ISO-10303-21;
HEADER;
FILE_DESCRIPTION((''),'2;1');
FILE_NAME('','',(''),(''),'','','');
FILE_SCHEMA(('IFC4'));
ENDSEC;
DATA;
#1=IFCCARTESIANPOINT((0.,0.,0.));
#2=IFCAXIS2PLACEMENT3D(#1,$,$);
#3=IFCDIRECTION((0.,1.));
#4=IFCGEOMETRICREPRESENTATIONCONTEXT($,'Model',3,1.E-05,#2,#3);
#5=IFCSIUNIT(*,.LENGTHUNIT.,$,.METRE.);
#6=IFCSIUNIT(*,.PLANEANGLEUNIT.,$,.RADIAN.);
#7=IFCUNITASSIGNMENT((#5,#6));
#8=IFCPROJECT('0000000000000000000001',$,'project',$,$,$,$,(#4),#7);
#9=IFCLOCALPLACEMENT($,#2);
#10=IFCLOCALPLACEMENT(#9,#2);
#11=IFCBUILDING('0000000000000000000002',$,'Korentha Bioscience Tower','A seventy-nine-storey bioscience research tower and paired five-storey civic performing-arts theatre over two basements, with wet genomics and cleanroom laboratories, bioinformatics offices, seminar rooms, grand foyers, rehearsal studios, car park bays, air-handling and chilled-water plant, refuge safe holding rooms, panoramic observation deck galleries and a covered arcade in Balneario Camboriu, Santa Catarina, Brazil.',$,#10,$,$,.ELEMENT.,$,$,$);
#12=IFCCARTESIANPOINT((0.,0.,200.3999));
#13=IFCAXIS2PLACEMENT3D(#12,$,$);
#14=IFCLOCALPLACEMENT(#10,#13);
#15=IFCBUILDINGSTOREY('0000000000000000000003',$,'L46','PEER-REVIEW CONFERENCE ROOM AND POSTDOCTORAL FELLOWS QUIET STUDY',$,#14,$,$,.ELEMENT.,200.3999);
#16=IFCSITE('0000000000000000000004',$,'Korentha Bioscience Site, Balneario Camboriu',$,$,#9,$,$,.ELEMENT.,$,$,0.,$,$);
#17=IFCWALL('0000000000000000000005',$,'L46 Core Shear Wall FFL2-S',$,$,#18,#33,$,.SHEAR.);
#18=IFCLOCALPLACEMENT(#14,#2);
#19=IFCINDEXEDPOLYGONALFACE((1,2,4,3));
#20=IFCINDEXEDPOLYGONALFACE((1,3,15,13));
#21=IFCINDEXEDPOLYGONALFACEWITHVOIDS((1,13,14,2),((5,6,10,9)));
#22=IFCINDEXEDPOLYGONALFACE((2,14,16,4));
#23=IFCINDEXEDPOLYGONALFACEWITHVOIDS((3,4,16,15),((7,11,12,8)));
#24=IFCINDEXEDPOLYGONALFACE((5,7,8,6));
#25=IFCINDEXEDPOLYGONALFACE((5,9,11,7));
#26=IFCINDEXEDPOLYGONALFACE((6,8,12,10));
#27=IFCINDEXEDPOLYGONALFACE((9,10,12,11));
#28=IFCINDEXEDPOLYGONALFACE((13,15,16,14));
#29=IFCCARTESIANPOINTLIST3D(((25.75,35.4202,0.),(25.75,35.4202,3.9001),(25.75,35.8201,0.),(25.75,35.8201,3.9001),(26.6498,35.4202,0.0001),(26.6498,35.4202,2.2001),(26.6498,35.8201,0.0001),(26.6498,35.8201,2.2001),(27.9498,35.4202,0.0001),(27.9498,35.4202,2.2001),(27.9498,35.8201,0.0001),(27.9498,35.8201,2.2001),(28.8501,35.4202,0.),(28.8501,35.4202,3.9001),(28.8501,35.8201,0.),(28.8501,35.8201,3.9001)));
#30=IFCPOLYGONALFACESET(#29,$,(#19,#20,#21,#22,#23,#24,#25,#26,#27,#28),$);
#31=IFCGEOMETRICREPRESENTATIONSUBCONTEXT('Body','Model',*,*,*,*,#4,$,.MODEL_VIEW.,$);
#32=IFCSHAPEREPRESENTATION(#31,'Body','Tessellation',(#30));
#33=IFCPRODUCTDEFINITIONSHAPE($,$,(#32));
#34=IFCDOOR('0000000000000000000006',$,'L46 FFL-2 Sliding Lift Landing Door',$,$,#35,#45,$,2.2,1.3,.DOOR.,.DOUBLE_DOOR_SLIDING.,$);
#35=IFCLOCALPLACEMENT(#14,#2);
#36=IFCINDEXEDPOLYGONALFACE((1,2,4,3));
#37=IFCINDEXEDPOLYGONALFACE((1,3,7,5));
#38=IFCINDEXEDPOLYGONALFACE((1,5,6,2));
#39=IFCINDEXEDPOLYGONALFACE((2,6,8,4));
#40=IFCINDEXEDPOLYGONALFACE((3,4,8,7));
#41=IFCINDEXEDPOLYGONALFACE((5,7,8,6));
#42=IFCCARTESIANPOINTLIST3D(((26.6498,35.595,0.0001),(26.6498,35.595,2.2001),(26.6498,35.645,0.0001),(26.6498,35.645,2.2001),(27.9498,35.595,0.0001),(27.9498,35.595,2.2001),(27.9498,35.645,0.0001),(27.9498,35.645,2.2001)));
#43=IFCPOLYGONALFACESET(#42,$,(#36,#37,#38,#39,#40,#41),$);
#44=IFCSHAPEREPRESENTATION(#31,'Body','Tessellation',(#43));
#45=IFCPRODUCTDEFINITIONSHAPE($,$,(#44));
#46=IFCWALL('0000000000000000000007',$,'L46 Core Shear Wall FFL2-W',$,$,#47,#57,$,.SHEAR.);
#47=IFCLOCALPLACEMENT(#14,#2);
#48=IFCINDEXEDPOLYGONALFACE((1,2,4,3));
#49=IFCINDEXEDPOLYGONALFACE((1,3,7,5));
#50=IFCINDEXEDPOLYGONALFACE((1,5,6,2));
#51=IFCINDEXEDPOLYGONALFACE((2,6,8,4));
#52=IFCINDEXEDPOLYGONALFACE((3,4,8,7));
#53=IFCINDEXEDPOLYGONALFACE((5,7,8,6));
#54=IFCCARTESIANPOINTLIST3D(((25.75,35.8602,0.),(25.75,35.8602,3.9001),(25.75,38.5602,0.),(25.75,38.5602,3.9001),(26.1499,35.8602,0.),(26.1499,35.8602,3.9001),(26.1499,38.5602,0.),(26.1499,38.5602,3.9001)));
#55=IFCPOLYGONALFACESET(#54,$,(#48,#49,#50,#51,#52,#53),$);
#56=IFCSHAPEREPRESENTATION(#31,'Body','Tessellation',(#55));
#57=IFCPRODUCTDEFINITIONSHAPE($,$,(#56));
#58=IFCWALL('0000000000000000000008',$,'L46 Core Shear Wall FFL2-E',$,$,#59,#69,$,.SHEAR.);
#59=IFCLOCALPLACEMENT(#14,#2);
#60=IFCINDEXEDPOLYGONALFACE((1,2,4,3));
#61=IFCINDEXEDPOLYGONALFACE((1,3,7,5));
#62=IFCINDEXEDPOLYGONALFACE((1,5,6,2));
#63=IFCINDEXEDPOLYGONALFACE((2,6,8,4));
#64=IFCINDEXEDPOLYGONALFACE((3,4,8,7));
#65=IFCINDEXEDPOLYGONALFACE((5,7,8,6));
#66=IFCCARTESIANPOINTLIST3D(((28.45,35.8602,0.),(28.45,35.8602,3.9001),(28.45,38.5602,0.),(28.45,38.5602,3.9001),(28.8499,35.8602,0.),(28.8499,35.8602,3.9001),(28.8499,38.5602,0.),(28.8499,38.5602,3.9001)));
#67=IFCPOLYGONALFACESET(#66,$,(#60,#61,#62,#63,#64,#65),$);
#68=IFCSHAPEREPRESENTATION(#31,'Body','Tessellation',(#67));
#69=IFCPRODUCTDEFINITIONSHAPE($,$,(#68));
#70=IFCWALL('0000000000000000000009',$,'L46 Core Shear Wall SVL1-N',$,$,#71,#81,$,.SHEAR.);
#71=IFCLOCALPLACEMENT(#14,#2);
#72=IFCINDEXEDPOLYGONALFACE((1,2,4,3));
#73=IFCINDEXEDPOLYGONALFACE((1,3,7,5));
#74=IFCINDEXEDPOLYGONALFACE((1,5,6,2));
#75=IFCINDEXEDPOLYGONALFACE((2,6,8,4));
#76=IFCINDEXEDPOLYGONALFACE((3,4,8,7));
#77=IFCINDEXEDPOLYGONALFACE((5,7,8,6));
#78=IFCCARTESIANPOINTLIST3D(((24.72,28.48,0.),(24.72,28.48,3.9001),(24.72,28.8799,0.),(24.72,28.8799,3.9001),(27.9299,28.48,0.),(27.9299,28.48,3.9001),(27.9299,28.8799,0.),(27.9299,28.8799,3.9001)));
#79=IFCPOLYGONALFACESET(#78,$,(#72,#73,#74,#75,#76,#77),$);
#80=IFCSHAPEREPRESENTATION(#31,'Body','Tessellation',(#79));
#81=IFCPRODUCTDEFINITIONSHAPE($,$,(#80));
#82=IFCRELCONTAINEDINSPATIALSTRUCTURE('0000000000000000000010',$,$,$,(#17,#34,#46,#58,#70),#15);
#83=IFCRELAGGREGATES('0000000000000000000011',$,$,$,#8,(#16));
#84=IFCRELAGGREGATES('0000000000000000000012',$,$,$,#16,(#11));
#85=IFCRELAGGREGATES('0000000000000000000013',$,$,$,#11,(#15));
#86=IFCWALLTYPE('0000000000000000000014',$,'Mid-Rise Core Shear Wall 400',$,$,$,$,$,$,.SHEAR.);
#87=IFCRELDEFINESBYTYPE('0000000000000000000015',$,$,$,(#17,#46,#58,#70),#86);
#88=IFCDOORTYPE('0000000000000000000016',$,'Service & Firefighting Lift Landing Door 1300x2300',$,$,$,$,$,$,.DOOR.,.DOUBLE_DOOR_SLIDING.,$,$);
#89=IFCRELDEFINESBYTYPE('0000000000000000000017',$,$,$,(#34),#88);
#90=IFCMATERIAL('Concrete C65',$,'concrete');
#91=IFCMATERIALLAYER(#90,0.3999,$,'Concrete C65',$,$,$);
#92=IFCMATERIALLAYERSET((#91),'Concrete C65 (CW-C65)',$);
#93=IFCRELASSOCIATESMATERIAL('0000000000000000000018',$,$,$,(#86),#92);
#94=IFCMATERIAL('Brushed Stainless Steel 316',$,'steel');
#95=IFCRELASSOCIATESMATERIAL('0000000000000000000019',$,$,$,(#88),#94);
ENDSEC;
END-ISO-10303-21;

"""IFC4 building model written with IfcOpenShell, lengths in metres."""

from ifc_helpers import new_model, si_unit, direction, frame, frame_2d, origin, place, context, subcontext, project, spatial, rectangle, extrude, material, layer, layer_set, type_object, element, fill, save


model = new_model("IFC4")

# Units and contexts
model_context = context("Model", 3, precision=1e-05, world=origin(), true_north=direction((0.0, 1.0)))
body_context = subcontext(model_context, "Body", "Model", "MODEL_VIEW")
ifc_project = project(units=[si_unit("LENGTHUNIT", "METRE"), si_unit("PLANEANGLEUNIT", "RADIAN")], contexts=[model_context])

# Site, building, storey
site_placement = place(None, origin())
site = spatial("IfcSite", under=ifc_project, at=site_placement, Name="Korentha Bioscience Site, Balneario Camboriu", CompositionType="ELEMENT", RefElevation=0.0)
building_placement = place(site_placement, origin())
building = spatial("IfcBuilding", under=site, at=building_placement, Name="Korentha Bioscience Tower", Description="A seventy-nine-storey bioscience research tower and paired five-storey civic performing-arts theatre over two basements, with wet genomics and cleanroom laboratories, bioinformatics offices, seminar rooms, grand foyers, rehearsal studios, car park bays, air-handling and chilled-water plant, refuge safe holding rooms, panoramic observation deck galleries and a covered arcade in Balneario Camboriu, Santa Catarina, Brazil.", CompositionType="ELEMENT")
storey_placement = place(building_placement, frame((0.0, 0.0, 200.3999)))
storey = spatial("IfcBuildingStorey", under=building, at=storey_placement, Name="L46", Description="PEER-REVIEW CONFERENCE ROOM AND POSTDOCTORAL FELLOWS QUIET STUDY", CompositionType="ELEMENT", Elevation=200.3999)

# Shared definitions
ifc_material_1 = material(Name="Concrete C65", Category="concrete")

# Shared definitions
ifc_layer_1 = layer(ifc_material_1, 0.3999, Name="Concrete C65")
ifc_layer_set_1 = layer_set([ifc_layer_1], Name="Concrete C65 (CW-C65)")
wall_type_1 = type_object("IfcWallType", Name="Mid-Rise Core Shear Wall 400", PredefinedType="SHEAR", material=ifc_layer_set_1)

# Wall, opening, door
wall_1_placement = place(storey_placement, frame((25.75, 35.6201, 0.0), z_axis=(0.0, 0.0, 1.0), x_axis=(1.0, 0.0, 0.0)))
wall_1 = element("IfcWall", 1, at=wall_1_placement, inside=storey, type_object=wall_type_1, Name="L46 Core Shear Wall FFL2-S", PredefinedType="SHEAR", context=body_context, shape_type="SweptSolid", body=[
    extrude(rectangle(XDim=3.1001, YDim=0.3999, at=frame_2d((1.55, 0.0))), origin(), (0.0, 0.0, 1.0), 3.9001),
])
opening_1_placement = place(wall_1_placement, frame((0.8999, 0.0, 0.0)))
opening_1 = element("IfcOpeningElement", 2, at=opening_1_placement, cuts=wall_1, PredefinedType="OPENING", context=body_context, shape_type="SweptSolid", body=[
    extrude(rectangle(XDim=1.3, YDim=2.2, at=frame_2d((0.6499, 1.1001))), frame((0.0, 0.2148, 0.0), z_axis=(0.0, -1.0, 0.0), x_axis=(1.0, 0.0, 0.0)), (0.0, 0.0, 1.0), 0.4297),
])
ifc_material_2 = material(Name="Brushed Stainless Steel 316", Category="steel")
door_type_1 = type_object("IfcDoorType", Name="Service & Firefighting Lift Landing Door 1300x2300", OperationType="DOUBLE_DOOR_SLIDING", PredefinedType="DOOR", material=ifc_material_2)
door_1_placement = place(opening_1_placement, origin())
door_1 = element("IfcDoor", 3, at=door_1_placement, inside=storey, type_object=door_type_1, Name="L46 FFL-2 Sliding Lift Landing Door", OperationType="DOUBLE_DOOR_SLIDING", OverallHeight=2.2, OverallWidth=1.3, PredefinedType="DOOR", context=body_context, shape_type="SweptSolid", body=[
    extrude(rectangle(XDim=1.3, YDim=2.2, at=frame_2d((0.6499, 1.1001))), frame((0.0, 0.0249, 0.0), z_axis=(0.0, -1.0, 0.0), x_axis=(1.0, 0.0, 0.0)), (0.0, 0.0, 1.0), 0.05),
])
fill(opening_1, door_1)

# Walls
for number, where, z_axis, x_axis, name in (
    (4, (25.95, 35.8601, 0.0), (0.0, 0.0, 1.0), (0.0, 1.0, 0.0), "L46 Core Shear Wall FFL2-W"),
    (5, (28.6499, 35.8601, 0.0), (0.0, 0.0, 1.0), (0.0, 1.0, 0.0), "L46 Core Shear Wall FFL2-E"),
):
    element("IfcWall", number, at=place(storey_placement, frame(where, z_axis=z_axis, x_axis=x_axis)), inside=storey, type_object=wall_type_1, Name=name, PredefinedType="SHEAR", context=body_context, shape_type="SweptSolid", body=[
        extrude(rectangle(XDim=2.7, YDim=0.3999, at=frame_2d((1.3501, 0.0))), origin(), (0.0, 0.0, 1.0), 3.9001),
    ])
wall_2_placement = place(storey_placement, frame((24.72, 28.6799, 0.0), z_axis=(0.0, 0.0, 1.0), x_axis=(1.0, 0.0, 0.0)))
element("IfcWall", 6, at=wall_2_placement, inside=storey, type_object=wall_type_1, Name="L46 Core Shear Wall SVL1-N", PredefinedType="SHEAR", context=body_context, shape_type="SweptSolid", body=[
    extrude(rectangle(XDim=3.21, YDim=0.3999, at=frame_2d((1.605, 0.0))), origin(), (0.0, 0.0, 1.0), 3.9001),
])

save(model, "model.ifc")
